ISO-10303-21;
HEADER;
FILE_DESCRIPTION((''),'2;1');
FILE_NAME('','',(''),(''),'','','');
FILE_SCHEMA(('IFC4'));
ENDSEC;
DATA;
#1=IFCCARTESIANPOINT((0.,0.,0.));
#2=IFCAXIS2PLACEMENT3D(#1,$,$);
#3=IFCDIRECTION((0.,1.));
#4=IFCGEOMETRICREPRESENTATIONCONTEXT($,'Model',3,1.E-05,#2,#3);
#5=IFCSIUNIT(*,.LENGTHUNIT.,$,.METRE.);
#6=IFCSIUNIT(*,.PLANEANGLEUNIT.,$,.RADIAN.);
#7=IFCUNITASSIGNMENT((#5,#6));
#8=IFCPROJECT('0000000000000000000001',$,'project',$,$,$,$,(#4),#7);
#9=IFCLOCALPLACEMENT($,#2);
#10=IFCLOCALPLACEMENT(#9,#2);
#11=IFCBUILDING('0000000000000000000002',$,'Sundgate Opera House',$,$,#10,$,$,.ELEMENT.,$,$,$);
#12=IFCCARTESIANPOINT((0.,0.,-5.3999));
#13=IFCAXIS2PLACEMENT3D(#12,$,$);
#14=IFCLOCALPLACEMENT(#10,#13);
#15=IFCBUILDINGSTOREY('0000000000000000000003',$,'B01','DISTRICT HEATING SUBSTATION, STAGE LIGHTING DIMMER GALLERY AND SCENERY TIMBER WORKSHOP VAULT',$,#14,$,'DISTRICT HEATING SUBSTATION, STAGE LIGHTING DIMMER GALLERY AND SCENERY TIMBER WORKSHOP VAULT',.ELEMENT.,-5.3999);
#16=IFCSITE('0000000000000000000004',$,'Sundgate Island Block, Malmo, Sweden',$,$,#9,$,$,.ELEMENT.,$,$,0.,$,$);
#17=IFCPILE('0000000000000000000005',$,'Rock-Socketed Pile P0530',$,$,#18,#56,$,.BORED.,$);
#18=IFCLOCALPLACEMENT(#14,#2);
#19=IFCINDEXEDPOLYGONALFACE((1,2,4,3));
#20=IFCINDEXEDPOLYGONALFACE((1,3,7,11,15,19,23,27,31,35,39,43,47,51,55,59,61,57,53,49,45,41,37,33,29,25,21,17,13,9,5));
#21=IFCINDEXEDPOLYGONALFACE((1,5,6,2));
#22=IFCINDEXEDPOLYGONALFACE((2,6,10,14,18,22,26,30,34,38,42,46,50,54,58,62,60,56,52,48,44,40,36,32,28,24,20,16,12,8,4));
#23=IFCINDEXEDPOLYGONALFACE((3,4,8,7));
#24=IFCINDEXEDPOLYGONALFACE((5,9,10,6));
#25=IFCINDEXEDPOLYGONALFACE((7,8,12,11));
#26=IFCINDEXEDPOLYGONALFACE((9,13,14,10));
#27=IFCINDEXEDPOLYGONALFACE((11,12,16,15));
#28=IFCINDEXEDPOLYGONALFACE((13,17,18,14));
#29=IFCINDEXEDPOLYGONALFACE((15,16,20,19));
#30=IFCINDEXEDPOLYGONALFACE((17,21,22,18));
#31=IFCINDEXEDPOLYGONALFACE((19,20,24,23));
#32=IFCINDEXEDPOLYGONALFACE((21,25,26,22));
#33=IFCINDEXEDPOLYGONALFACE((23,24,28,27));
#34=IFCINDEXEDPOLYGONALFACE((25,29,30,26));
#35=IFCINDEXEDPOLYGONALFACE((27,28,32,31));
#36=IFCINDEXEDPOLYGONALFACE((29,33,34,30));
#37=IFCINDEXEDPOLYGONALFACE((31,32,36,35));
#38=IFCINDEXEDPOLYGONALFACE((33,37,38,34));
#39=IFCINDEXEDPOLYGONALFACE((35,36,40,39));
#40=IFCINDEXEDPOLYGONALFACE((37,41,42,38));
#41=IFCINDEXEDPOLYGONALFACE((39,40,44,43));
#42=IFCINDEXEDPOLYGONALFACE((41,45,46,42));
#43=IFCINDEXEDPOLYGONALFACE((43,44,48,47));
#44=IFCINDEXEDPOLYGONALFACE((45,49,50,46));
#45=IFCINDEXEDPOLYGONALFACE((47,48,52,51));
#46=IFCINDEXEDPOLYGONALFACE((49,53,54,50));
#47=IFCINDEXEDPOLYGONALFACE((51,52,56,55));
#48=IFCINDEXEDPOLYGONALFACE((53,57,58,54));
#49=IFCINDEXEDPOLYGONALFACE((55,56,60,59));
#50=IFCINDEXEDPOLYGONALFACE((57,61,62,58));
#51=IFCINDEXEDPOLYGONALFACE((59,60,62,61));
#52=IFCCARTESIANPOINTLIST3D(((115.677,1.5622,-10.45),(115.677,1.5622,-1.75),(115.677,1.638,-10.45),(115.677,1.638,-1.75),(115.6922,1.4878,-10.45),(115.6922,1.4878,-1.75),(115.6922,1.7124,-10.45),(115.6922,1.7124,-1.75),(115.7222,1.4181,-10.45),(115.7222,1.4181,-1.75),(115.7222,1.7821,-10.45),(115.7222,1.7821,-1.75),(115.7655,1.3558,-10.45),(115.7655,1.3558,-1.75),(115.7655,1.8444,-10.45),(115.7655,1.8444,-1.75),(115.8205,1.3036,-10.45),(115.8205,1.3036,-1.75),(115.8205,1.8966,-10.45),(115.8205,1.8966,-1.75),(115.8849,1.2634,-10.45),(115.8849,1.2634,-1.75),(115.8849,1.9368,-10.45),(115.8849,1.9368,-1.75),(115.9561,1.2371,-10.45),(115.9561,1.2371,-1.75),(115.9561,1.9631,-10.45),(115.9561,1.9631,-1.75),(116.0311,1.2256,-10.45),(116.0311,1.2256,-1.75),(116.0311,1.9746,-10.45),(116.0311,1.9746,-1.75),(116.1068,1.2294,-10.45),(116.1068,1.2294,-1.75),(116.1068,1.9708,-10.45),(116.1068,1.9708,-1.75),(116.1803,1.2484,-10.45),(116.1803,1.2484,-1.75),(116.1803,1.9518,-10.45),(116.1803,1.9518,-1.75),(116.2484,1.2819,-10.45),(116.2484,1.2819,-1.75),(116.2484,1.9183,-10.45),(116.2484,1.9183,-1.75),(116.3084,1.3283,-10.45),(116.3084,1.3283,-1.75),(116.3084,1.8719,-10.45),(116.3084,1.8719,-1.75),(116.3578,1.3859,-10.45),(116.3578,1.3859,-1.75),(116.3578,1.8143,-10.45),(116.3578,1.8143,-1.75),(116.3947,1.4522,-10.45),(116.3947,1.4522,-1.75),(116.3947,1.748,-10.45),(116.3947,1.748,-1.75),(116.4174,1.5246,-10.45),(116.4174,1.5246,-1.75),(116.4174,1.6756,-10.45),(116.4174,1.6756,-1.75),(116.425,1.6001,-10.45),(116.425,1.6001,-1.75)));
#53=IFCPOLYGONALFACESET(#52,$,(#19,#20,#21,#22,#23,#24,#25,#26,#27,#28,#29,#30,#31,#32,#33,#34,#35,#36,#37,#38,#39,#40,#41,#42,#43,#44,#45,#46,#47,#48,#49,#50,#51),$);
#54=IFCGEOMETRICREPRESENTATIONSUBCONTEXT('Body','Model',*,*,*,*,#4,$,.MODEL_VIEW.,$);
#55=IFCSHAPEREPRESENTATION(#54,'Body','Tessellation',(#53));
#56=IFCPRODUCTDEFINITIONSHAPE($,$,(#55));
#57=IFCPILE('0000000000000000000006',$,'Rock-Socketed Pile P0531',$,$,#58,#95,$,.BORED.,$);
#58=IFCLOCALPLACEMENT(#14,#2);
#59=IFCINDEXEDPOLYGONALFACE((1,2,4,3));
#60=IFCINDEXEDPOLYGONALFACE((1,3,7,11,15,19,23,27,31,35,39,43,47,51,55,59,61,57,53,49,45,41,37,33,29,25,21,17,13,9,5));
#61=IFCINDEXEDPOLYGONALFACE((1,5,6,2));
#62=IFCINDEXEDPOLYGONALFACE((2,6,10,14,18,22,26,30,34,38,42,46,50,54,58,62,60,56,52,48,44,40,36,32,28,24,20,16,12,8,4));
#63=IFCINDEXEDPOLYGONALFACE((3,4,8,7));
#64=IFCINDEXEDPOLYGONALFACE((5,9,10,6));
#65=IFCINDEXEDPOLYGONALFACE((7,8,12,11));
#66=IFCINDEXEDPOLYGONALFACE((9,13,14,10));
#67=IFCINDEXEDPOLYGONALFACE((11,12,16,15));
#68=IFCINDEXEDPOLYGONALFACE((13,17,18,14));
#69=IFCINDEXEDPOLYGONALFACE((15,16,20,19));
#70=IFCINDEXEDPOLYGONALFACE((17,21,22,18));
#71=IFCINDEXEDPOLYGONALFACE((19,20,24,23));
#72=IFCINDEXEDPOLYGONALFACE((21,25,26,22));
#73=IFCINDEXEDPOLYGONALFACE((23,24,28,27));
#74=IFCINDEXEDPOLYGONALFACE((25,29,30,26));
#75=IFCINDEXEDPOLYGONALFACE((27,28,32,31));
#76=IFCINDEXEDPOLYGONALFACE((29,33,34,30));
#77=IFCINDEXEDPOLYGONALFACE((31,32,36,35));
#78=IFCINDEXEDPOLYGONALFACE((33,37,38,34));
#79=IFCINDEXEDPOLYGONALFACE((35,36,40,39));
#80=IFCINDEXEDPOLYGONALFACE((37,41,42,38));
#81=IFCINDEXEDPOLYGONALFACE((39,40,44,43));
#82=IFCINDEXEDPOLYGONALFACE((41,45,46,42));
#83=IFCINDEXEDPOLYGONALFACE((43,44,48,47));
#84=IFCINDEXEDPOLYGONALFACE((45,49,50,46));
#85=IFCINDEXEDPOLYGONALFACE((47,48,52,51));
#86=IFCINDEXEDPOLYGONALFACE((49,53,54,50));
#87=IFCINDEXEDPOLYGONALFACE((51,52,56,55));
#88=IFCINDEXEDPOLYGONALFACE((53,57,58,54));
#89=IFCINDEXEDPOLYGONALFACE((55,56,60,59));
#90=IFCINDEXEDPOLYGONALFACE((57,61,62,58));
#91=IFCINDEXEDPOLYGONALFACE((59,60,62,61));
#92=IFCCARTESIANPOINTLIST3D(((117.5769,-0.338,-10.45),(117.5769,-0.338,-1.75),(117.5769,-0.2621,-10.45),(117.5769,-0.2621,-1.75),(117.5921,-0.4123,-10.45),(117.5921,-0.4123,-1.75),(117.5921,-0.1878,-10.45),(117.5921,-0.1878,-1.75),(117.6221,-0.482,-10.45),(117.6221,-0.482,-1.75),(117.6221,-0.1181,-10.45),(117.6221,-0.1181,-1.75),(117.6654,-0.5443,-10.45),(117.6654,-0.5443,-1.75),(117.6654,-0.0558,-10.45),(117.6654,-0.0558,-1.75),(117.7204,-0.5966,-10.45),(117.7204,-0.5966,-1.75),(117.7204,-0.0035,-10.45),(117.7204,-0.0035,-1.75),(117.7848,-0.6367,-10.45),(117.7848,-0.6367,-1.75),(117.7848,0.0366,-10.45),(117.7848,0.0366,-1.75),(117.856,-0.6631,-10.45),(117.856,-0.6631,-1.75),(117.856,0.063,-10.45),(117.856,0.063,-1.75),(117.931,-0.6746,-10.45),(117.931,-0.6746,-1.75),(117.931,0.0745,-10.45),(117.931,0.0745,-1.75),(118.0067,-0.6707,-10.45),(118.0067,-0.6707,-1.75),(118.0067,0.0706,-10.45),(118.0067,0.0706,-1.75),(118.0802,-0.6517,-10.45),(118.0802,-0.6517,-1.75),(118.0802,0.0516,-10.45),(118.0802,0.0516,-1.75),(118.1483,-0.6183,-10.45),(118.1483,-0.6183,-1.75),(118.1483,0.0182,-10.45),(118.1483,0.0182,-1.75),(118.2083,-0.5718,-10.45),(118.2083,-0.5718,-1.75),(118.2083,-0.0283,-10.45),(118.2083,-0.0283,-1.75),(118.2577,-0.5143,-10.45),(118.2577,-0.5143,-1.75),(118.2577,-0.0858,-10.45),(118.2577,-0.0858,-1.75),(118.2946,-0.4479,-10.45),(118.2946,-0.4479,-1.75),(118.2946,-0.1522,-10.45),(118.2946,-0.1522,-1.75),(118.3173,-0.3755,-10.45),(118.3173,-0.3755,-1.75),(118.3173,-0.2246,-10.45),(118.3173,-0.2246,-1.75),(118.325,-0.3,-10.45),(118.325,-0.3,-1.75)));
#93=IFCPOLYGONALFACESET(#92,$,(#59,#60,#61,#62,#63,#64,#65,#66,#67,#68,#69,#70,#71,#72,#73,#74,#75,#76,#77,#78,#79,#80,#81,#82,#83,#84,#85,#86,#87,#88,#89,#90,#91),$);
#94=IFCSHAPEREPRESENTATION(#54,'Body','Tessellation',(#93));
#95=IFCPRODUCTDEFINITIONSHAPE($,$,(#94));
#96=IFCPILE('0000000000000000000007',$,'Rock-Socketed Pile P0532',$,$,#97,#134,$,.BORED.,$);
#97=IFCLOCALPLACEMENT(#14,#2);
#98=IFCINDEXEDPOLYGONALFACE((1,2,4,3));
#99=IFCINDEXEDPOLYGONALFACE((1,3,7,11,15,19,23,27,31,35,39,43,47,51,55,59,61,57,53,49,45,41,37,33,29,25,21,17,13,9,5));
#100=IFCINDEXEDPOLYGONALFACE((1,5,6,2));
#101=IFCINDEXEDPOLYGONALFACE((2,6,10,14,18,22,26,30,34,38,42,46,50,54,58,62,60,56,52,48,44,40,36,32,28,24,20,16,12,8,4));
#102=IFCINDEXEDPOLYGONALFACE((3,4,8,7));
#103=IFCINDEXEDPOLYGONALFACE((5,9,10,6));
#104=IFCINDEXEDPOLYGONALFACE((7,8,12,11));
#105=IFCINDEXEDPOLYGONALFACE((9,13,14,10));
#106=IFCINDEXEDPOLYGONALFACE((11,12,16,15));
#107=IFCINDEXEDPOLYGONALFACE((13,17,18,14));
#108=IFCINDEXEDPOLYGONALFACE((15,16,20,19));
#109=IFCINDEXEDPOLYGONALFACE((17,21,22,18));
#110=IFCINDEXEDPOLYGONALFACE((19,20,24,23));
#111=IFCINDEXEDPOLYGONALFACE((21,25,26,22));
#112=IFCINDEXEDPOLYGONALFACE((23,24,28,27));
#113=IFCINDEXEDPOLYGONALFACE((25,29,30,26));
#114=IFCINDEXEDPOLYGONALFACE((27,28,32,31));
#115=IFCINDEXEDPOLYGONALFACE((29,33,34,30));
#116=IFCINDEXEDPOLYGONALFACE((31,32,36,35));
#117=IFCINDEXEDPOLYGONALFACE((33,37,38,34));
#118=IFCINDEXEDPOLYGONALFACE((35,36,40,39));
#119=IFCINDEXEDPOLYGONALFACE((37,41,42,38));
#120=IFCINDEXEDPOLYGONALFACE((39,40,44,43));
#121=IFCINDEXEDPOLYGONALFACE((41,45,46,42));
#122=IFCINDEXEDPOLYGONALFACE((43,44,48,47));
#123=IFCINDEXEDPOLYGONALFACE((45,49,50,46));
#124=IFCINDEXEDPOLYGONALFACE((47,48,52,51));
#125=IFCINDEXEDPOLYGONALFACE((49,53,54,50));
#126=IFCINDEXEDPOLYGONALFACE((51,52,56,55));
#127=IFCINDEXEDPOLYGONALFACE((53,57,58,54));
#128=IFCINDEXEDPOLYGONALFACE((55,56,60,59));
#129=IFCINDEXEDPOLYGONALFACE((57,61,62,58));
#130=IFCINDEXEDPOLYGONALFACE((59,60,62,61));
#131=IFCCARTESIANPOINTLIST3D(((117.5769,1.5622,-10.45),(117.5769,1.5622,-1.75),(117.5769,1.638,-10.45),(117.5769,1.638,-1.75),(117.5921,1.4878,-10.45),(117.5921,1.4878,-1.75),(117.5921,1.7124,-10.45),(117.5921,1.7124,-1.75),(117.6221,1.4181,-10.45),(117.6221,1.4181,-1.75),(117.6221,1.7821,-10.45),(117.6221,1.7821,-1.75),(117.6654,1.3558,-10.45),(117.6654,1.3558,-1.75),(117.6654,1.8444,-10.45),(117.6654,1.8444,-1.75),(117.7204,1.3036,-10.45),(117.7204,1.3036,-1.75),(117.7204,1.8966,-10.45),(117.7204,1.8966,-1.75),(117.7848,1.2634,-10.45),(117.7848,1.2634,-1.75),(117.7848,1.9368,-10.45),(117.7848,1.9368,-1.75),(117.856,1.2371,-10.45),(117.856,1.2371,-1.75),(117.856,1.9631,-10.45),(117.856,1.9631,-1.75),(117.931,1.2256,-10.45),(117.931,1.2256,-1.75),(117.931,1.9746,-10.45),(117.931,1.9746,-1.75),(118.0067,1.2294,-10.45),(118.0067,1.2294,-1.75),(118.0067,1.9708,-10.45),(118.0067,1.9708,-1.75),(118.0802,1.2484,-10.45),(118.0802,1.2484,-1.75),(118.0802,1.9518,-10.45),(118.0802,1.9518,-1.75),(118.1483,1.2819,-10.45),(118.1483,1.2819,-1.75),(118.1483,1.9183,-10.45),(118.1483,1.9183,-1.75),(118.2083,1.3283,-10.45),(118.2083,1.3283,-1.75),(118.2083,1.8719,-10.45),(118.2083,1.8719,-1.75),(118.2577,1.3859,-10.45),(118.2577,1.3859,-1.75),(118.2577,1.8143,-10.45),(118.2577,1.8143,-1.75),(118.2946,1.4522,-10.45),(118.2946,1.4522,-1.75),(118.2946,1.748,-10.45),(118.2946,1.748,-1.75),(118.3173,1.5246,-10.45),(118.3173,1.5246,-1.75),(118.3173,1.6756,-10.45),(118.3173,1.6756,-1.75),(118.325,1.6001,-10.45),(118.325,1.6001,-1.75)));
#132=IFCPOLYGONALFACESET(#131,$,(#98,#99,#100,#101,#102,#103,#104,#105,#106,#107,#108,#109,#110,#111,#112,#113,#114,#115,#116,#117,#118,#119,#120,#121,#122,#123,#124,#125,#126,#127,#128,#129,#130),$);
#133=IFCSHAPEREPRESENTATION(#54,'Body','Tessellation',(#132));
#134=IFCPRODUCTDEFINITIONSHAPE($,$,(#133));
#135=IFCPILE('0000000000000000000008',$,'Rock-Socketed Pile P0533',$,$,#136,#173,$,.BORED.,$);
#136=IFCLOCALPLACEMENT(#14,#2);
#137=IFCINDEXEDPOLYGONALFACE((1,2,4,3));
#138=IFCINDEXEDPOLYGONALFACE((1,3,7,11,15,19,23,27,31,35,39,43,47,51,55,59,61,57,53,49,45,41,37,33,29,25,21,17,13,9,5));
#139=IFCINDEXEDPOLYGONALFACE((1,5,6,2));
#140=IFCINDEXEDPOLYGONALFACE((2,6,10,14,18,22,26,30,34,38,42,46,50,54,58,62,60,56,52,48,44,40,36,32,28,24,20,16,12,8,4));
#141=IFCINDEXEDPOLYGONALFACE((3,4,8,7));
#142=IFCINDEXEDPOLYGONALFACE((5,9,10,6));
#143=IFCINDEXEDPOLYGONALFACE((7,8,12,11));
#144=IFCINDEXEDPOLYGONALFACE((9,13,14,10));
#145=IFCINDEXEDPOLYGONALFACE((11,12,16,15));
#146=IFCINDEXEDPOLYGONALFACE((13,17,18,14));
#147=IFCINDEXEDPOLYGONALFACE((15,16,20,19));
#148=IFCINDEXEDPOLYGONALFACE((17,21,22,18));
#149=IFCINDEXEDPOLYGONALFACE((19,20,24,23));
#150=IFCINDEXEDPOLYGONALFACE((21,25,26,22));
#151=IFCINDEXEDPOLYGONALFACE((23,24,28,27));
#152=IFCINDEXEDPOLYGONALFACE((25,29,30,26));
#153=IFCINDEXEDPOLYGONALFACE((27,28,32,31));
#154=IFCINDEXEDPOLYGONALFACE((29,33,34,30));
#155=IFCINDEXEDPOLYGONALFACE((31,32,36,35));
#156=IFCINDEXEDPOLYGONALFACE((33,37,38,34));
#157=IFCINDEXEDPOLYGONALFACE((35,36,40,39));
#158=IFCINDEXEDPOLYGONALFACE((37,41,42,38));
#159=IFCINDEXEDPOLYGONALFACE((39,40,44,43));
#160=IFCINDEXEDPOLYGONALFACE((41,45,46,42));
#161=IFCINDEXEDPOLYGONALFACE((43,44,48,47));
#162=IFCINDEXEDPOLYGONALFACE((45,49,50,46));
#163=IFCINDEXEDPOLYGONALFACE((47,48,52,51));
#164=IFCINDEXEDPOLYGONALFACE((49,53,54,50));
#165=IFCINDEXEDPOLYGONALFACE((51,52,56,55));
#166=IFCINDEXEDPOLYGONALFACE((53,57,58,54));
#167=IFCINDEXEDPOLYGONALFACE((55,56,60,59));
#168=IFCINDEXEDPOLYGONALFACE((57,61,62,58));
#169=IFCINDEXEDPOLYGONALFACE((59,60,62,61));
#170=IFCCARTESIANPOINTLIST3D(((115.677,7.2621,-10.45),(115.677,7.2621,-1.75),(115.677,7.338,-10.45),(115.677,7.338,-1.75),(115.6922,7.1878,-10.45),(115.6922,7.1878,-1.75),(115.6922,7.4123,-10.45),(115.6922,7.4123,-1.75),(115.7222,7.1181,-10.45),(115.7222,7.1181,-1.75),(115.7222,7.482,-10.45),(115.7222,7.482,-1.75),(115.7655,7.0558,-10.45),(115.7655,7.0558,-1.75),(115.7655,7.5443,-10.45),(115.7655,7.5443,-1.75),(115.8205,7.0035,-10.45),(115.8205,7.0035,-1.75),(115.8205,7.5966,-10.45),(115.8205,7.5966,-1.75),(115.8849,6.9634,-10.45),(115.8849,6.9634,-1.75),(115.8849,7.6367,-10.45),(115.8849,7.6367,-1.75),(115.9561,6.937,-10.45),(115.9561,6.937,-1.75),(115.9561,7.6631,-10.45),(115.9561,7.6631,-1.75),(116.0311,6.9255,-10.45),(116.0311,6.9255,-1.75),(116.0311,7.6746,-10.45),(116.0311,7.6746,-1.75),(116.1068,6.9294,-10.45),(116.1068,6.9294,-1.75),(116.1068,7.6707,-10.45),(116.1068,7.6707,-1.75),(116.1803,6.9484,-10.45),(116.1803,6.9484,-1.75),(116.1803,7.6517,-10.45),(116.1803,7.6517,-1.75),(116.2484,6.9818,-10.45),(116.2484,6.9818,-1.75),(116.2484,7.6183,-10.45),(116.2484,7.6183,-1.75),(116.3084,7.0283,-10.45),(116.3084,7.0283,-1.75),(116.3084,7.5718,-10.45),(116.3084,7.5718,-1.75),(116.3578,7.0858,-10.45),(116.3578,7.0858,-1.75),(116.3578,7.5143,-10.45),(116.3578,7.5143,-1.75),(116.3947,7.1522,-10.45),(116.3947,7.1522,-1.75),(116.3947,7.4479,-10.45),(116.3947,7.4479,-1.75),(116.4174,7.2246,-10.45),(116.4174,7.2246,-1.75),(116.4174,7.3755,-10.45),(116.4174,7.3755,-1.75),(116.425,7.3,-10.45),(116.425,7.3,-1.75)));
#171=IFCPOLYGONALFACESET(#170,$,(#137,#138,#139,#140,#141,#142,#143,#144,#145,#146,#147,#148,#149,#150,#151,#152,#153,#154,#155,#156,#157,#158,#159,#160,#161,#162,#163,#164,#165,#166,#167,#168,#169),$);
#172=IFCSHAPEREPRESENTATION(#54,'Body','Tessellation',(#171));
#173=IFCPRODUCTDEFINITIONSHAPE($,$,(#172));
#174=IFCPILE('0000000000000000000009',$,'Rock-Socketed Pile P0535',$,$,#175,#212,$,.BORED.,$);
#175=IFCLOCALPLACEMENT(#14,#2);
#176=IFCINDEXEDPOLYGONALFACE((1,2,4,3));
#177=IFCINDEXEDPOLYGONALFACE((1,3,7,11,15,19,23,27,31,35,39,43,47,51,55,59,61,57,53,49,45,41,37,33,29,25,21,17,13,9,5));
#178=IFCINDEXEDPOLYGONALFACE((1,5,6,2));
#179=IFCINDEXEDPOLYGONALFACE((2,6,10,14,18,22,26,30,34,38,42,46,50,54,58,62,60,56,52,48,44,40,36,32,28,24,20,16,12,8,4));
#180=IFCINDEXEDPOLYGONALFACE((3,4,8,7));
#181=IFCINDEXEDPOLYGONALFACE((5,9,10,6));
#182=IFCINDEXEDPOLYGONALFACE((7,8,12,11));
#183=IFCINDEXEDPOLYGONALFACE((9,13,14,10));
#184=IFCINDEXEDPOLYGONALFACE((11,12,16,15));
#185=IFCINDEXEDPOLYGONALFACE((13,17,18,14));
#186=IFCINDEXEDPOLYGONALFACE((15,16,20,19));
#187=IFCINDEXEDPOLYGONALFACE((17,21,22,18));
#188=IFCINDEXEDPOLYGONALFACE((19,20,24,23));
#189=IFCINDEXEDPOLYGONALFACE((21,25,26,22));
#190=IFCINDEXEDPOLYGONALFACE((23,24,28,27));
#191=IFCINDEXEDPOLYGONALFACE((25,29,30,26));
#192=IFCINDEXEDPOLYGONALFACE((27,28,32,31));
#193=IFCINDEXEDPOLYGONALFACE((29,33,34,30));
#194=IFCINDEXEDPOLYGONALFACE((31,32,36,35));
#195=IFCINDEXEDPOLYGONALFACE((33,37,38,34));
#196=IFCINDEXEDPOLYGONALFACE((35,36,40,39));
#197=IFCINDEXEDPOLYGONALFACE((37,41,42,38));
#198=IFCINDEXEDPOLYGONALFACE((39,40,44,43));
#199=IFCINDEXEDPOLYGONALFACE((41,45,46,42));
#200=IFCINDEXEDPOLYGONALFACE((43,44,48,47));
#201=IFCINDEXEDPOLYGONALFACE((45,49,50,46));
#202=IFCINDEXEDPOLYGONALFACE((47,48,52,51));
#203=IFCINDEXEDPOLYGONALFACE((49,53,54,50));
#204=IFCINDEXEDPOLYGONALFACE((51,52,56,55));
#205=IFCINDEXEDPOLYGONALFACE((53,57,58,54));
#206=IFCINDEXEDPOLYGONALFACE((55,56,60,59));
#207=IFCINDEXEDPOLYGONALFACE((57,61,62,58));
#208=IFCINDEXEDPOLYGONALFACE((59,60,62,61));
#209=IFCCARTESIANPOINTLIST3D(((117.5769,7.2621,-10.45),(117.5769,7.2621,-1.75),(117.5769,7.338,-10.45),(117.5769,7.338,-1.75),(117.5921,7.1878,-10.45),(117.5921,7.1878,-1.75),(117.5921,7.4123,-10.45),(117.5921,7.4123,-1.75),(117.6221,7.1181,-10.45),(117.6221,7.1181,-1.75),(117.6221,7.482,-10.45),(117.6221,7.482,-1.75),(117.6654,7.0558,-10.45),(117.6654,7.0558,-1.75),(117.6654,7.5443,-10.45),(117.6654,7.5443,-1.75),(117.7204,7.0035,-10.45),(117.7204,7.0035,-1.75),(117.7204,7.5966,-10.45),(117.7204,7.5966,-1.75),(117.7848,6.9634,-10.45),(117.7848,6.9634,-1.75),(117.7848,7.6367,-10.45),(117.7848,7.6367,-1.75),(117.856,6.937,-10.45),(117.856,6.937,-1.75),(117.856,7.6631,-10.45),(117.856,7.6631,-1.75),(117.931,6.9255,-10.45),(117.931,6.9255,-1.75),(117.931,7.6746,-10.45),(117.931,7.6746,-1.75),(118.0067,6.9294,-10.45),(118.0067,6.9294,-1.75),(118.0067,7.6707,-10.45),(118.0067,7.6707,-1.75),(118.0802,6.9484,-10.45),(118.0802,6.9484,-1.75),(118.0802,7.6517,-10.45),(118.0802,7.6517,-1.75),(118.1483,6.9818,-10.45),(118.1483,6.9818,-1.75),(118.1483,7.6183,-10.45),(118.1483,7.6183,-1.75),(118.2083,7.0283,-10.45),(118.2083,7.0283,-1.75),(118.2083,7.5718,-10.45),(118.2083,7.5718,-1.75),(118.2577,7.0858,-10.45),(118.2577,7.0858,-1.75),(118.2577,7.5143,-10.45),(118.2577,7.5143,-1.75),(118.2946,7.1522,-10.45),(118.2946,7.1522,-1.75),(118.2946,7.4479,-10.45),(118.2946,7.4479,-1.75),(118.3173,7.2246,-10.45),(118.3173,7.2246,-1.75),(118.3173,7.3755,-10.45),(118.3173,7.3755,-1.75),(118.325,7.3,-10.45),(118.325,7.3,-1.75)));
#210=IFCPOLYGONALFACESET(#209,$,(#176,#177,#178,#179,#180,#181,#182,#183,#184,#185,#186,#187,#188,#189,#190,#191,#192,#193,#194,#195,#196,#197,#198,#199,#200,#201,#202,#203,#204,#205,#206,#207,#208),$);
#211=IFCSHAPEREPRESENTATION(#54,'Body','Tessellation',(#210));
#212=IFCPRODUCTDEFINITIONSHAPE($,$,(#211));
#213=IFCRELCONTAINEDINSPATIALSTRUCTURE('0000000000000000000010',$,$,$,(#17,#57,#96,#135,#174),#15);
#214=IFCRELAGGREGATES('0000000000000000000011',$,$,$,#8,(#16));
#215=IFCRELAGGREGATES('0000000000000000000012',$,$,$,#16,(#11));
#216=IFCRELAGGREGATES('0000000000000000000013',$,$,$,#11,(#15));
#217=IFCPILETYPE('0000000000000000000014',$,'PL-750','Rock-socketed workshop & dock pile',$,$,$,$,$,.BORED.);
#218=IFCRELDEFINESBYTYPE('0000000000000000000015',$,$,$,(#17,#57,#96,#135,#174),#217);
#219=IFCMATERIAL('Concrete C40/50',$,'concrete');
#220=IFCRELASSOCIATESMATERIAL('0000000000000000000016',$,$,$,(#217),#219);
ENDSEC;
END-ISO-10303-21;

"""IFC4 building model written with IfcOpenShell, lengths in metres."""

from ifc_helpers import new_model, si_unit, direction, frame, origin, origin_2d, place, context, subcontext, project, spatial, circle, extrude, material, material_profile, profile_set, type_object, element, save


model = new_model("IFC4")

# Units and contexts
model_context = context("Model", 3, precision=1e-05, world=origin(), true_north=direction((0.0, 1.0)))
body_context = subcontext(model_context, "Body", "Model", "MODEL_VIEW")
ifc_project = project(units=[si_unit("LENGTHUNIT", "METRE"), si_unit("PLANEANGLEUNIT", "RADIAN")], contexts=[model_context])

# Site, building, storey
site_placement = place(None, origin())
site = spatial("IfcSite", under=ifc_project, at=site_placement, Name="Sundgate Island Block, Malmo, Sweden", CompositionType="ELEMENT", RefElevation=0.0)
building_placement = place(site_placement, origin())
building = spatial("IfcBuilding", under=site, at=building_placement, Name="Sundgate Opera House", CompositionType="ELEMENT")
storey_placement = place(building_placement, frame((0.0, 0.0, -5.3999)))
storey = spatial("IfcBuildingStorey", under=building, at=storey_placement, Name="B01", Description="DISTRICT HEATING SUBSTATION, STAGE LIGHTING DIMMER GALLERY AND SCENERY TIMBER WORKSHOP VAULT", LongName="DISTRICT HEATING SUBSTATION, STAGE LIGHTING DIMMER GALLERY AND SCENERY TIMBER WORKSHOP VAULT", CompositionType="ELEMENT", Elevation=-5.3999)

# Piles
ifc_material_1 = material(Name="Concrete C40/50", Category="concrete")
ifc_material_profile_1 = material_profile(ifc_material_1, circle(Radius=0.375, at=origin_2d()), Name="PILE D750")
ifc_profile_set_1 = profile_set([ifc_material_profile_1], Name="Concrete C40/50")
pile_type = type_object("IfcPileType", Name="PL-750", Description="Rock-socketed workshop & dock pile", PredefinedType="BORED", material=ifc_profile_set_1)
for number, where, z_axis, x_axis, name in (
    (1, (116.05, 1.6001, -1.75), (0.0, 0.0, -1.0), (1.0, 0.0, 0.0), "Rock-Socketed Pile P0530"),
    (2, (117.95, -0.3, -1.75), (0.0, 0.0, -1.0), (1.0, 0.0, 0.0), "Rock-Socketed Pile P0531"),
    (3, (117.95, 1.6001, -1.75), (0.0, 0.0, -1.0), (1.0, 0.0, 0.0), "Rock-Socketed Pile P0532"),
    (4, (116.05, 7.3, -1.75), (0.0, 0.0, -1.0), (1.0, 0.0, 0.0), "Rock-Socketed Pile P0533"),
    (5, (117.95, 7.3, -1.75), (0.0, 0.0, -1.0), (1.0, 0.0, 0.0), "Rock-Socketed Pile P0535"),
):
    element("IfcPile", number, at=place(storey_placement, frame(where, z_axis=z_axis, x_axis=x_axis)), inside=storey, type_object=pile_type, Name=name, PredefinedType="BORED", context=body_context, shape_type="SweptSolid", body=[
        extrude(circle(Radius=0.375, at=origin_2d()), origin(), (0.0, 0.0, 1.0), 8.7),
    ])

save(model, "model.ifc")
